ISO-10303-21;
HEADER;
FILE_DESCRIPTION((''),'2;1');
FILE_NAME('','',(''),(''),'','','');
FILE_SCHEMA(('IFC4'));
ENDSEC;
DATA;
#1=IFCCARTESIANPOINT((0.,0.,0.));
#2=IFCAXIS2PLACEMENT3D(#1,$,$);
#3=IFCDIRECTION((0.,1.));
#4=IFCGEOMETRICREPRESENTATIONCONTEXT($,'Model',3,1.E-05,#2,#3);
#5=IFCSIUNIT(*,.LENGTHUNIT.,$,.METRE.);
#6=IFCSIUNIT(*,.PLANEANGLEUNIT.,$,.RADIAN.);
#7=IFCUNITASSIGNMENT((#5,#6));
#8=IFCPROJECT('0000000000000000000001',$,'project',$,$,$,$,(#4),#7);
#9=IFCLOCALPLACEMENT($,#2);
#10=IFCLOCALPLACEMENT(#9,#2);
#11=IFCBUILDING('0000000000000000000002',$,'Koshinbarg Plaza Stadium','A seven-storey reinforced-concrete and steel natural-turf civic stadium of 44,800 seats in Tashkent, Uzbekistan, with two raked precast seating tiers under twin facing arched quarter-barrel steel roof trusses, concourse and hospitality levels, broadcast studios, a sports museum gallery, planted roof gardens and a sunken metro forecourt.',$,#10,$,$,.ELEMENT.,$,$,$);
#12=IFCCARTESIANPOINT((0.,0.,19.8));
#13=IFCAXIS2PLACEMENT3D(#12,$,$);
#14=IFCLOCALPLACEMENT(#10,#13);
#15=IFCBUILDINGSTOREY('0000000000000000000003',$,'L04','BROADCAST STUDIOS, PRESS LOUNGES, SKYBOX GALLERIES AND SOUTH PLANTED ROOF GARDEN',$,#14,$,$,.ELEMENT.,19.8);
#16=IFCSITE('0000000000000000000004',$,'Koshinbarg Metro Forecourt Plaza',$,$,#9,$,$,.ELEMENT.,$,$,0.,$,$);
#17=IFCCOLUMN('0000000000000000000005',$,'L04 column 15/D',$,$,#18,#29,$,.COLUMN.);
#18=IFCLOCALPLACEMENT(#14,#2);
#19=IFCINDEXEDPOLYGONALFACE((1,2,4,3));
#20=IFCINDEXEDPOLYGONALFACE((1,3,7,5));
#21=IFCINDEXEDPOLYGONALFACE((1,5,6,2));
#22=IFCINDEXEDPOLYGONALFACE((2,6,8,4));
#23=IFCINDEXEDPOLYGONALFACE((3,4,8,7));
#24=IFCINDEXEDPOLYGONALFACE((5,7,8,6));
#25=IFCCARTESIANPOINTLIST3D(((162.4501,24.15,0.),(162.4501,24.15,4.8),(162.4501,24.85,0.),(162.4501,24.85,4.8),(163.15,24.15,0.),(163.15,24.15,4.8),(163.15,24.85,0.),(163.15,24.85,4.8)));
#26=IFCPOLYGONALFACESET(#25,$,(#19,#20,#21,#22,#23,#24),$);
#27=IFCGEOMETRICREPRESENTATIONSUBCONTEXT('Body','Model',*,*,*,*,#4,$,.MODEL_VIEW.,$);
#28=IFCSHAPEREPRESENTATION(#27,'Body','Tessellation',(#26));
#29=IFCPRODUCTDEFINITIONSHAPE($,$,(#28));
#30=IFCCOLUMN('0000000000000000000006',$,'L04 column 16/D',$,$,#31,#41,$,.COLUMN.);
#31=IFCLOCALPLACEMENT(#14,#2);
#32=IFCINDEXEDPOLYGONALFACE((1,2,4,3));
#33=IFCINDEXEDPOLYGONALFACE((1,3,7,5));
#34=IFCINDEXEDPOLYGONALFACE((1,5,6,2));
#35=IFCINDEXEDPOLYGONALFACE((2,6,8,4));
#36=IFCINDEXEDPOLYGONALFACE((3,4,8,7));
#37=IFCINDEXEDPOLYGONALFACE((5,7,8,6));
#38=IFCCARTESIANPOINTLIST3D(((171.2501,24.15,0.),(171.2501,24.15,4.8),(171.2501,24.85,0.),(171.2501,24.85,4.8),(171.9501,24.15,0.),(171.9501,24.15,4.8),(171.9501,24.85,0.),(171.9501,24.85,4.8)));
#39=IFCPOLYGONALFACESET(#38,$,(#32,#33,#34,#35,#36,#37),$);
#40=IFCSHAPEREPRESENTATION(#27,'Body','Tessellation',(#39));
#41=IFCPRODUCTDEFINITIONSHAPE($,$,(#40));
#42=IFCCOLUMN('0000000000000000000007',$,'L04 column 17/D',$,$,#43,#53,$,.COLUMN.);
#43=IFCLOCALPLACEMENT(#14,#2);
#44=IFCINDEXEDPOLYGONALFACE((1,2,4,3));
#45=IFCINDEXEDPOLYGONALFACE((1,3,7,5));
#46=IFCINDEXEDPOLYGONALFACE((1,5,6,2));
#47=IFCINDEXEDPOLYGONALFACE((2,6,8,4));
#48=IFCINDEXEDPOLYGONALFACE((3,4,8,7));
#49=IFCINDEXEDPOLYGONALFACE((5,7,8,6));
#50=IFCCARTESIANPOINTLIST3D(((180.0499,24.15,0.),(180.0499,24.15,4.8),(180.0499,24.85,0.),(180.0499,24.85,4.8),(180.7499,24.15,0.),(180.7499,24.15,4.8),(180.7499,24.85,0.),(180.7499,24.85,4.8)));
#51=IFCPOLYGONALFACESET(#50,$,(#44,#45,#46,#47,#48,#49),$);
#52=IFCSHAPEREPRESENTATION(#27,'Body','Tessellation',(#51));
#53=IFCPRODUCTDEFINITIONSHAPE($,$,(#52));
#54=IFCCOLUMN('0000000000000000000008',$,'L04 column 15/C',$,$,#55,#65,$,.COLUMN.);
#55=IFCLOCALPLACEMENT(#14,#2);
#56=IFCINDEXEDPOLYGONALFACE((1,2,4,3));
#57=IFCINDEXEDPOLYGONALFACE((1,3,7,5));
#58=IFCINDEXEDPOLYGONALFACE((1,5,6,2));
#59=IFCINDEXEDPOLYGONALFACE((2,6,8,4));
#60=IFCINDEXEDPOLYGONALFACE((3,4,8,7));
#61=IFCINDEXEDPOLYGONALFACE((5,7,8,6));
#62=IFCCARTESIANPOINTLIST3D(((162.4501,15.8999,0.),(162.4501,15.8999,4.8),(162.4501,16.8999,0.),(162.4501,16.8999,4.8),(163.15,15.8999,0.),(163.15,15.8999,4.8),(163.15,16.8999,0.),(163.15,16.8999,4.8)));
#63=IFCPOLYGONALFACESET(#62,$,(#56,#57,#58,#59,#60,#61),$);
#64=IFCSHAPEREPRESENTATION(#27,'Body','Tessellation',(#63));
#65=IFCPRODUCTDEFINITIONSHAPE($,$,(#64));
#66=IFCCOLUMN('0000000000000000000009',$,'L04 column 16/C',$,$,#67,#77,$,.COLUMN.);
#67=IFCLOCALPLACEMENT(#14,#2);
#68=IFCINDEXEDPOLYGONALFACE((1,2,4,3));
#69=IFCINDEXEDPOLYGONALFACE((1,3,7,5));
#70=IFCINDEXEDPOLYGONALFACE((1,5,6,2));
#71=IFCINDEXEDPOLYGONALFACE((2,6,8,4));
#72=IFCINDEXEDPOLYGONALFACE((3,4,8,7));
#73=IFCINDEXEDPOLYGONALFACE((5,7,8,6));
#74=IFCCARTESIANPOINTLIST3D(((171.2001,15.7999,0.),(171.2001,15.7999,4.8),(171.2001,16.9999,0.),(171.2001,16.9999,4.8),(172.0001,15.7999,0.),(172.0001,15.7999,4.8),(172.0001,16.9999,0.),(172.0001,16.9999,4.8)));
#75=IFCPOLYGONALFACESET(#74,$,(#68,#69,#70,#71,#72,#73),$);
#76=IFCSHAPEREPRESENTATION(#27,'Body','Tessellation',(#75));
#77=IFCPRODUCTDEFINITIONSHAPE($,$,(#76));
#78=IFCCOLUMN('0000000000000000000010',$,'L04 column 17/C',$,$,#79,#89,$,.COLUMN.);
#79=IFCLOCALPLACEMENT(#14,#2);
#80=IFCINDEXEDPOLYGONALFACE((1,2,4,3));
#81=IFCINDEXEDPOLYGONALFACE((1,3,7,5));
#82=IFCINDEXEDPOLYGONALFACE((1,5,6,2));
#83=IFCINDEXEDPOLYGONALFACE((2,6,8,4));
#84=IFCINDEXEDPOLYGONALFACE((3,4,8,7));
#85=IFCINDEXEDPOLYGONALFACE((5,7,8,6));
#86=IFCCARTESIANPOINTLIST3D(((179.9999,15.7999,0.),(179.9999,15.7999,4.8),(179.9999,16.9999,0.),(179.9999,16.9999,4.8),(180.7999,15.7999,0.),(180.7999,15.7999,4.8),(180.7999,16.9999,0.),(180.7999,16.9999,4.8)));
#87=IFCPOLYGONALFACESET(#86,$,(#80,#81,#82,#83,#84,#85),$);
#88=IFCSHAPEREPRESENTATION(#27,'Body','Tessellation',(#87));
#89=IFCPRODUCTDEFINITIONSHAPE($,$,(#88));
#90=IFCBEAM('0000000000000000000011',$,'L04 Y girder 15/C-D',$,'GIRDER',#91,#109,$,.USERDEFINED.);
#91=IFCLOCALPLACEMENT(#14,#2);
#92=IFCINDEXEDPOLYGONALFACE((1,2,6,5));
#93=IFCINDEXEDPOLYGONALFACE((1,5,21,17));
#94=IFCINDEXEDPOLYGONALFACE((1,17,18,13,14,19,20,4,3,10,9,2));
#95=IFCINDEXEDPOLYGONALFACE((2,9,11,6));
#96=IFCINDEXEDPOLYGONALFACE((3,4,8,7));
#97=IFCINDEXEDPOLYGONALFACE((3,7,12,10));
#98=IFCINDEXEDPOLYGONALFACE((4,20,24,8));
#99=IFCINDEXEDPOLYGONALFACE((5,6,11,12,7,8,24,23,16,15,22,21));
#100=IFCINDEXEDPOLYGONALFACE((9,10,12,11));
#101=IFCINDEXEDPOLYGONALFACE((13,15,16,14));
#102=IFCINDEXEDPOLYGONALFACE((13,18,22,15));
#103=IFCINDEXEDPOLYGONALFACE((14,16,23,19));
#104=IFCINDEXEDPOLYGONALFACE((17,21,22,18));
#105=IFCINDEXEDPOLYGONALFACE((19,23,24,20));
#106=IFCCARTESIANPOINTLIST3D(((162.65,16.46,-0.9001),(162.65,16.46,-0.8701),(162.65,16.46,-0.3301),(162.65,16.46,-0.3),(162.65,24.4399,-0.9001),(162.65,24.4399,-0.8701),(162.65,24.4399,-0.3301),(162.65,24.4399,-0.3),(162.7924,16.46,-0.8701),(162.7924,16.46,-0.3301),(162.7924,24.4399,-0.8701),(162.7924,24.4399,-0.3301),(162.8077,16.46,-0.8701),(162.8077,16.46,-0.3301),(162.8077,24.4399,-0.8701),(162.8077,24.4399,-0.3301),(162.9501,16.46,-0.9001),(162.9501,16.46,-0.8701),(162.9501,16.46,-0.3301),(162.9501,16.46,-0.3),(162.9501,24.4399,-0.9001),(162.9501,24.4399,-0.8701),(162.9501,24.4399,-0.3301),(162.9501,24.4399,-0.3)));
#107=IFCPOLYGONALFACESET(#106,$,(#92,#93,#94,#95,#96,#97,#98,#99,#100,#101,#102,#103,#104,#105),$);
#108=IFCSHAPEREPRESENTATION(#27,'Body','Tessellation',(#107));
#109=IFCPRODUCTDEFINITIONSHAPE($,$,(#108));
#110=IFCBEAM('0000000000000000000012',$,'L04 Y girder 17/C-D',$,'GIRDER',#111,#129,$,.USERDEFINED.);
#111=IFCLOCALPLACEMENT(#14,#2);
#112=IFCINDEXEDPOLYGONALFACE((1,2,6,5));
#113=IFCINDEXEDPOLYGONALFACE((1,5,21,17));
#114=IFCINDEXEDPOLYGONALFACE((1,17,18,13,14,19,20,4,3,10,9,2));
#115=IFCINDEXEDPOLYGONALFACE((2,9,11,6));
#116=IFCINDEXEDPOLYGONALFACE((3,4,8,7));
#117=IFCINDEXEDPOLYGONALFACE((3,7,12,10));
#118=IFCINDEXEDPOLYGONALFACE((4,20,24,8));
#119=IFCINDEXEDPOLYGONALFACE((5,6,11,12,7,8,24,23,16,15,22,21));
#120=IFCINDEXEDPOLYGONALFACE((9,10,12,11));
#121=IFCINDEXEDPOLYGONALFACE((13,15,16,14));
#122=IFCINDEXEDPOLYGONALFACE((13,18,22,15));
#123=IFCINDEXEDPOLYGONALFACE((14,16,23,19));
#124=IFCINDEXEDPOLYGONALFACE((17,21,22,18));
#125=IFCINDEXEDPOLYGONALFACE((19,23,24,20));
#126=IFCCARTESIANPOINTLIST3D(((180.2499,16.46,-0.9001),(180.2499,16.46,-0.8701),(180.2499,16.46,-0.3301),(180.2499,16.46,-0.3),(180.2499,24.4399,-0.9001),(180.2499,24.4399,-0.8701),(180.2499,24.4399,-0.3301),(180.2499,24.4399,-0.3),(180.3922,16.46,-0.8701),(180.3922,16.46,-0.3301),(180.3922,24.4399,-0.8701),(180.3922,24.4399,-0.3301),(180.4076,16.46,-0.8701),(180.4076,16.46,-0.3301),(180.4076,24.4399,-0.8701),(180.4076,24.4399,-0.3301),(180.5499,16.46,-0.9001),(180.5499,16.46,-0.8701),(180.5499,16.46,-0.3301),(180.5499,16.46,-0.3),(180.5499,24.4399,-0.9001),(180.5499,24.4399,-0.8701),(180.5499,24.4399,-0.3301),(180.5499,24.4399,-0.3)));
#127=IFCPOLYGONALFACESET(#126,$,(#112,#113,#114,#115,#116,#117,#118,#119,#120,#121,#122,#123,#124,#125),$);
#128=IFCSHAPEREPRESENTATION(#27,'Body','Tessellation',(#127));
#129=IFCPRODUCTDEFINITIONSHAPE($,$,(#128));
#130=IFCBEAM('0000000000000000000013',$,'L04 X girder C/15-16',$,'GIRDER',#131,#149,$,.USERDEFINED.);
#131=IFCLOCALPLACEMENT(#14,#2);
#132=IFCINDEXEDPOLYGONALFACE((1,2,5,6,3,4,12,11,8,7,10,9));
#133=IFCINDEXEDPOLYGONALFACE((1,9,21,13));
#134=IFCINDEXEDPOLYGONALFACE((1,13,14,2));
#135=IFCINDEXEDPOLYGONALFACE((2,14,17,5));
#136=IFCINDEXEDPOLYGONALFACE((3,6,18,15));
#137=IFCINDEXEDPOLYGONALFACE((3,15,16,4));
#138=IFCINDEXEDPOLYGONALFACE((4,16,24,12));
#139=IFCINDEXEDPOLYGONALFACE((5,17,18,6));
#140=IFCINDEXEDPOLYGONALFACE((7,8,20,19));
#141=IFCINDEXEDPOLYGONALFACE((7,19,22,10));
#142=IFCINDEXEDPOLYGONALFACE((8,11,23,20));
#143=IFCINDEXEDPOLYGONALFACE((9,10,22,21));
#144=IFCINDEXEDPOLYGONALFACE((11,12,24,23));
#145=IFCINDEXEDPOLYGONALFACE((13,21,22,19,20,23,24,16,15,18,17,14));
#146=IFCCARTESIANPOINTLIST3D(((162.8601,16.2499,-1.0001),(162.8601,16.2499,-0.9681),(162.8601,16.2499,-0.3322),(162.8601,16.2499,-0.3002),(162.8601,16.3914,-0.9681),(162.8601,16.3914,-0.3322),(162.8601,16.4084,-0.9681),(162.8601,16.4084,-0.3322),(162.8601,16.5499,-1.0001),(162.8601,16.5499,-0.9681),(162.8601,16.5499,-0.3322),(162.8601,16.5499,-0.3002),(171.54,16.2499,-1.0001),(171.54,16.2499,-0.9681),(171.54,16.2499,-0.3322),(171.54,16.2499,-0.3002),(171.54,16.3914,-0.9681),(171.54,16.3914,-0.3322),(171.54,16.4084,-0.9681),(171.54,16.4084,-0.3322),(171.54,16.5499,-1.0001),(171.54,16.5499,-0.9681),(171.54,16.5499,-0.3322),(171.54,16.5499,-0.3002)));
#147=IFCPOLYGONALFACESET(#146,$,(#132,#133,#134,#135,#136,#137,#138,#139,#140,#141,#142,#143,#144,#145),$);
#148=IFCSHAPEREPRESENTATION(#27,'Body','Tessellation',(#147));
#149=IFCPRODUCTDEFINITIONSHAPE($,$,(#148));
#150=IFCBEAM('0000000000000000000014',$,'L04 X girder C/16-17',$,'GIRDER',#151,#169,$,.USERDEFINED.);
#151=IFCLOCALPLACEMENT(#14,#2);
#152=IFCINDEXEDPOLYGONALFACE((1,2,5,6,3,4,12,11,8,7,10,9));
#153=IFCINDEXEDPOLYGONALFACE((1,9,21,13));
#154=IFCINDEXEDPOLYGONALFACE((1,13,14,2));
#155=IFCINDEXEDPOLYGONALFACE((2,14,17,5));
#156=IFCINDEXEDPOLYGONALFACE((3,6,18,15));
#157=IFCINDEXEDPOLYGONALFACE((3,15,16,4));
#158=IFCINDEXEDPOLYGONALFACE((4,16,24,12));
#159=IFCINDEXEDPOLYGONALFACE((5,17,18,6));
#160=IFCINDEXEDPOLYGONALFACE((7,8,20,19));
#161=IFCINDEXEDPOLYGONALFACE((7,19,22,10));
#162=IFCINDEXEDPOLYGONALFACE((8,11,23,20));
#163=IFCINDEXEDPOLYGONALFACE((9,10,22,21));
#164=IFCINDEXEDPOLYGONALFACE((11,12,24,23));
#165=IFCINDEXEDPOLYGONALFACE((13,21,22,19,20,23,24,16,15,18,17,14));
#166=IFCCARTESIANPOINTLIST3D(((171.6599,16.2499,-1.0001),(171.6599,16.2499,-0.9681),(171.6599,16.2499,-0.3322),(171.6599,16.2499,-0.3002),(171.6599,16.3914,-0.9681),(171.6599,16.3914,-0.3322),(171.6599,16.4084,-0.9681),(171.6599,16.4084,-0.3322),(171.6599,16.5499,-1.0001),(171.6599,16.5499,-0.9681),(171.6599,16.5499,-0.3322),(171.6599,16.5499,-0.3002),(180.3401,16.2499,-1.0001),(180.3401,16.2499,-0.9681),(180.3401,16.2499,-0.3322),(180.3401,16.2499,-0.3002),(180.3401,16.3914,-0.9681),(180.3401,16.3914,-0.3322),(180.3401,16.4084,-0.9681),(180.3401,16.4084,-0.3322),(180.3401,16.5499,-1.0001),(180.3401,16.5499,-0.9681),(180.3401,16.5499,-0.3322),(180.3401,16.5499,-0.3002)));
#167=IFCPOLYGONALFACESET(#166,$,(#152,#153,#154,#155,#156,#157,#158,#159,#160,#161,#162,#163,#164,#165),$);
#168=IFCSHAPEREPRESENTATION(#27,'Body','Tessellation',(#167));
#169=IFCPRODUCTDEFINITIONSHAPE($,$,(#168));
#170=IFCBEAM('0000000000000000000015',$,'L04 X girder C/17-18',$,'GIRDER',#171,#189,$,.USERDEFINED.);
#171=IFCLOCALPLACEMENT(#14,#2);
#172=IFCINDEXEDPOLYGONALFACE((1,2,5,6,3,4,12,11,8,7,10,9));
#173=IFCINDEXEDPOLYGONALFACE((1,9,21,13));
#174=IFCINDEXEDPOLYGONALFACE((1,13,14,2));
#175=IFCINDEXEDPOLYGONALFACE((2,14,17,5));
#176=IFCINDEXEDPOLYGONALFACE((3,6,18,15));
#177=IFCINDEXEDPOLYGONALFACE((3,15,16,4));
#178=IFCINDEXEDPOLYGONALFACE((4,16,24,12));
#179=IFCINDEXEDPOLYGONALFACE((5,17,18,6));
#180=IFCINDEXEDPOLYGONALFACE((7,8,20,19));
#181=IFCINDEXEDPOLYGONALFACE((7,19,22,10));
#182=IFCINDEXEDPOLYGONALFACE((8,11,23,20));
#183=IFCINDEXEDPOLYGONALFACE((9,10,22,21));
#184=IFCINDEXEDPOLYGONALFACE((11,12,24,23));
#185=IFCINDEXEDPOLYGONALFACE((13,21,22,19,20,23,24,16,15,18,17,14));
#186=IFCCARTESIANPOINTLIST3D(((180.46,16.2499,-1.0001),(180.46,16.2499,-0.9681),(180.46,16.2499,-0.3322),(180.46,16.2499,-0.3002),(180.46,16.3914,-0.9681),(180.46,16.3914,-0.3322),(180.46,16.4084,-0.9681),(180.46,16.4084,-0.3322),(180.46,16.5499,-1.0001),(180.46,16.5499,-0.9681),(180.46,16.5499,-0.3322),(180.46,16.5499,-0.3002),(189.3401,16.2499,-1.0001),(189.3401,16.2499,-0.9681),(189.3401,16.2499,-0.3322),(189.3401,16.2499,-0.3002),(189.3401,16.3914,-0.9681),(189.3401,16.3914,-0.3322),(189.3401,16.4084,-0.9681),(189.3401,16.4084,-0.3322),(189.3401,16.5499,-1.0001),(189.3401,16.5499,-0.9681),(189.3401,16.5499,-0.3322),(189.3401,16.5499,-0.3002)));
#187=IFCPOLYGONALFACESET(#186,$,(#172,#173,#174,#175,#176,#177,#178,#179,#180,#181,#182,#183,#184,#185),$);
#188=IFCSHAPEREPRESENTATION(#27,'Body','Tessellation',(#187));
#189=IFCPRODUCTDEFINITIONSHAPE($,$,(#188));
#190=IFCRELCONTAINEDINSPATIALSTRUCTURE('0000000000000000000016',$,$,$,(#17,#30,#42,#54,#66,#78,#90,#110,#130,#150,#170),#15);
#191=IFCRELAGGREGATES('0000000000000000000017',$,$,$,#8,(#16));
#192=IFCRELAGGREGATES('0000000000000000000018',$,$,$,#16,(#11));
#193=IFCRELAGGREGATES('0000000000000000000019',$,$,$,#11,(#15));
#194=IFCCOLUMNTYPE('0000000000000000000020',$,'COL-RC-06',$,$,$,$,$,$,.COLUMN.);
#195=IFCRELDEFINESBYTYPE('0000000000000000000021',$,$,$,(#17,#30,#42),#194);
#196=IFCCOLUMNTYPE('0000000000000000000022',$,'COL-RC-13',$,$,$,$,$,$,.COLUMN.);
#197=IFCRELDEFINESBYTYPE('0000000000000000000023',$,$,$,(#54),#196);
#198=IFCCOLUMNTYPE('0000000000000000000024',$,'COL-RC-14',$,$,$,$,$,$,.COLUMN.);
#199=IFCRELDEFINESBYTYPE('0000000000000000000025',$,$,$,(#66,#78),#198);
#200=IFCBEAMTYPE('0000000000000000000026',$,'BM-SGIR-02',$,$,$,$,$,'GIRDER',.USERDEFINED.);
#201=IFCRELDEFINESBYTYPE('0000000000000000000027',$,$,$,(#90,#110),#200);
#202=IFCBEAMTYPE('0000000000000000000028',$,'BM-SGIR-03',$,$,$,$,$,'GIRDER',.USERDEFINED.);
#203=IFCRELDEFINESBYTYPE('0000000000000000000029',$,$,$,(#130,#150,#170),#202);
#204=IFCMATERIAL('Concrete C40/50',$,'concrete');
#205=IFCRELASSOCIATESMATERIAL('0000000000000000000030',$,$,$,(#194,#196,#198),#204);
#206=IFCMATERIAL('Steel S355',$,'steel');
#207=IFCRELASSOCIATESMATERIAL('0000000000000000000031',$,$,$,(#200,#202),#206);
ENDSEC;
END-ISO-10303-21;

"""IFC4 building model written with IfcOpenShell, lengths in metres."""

from ifc_helpers import new_model, si_unit, direction, frame, origin, origin_2d, place, context, subcontext, project, spatial, rectangle, i_section, extrude, material, material_profile, profile_set, type_object, element, save


model = new_model("IFC4")

# Units and contexts
model_context = context("Model", 3, precision=1e-05, world=origin(), true_north=direction((0.0, 1.0)))
body_context = subcontext(model_context, "Body", "Model", "MODEL_VIEW")
ifc_project = project(units=[si_unit("LENGTHUNIT", "METRE"), si_unit("PLANEANGLEUNIT", "RADIAN")], contexts=[model_context])

# Site, building, storey
site_placement = place(None, origin())
site = spatial("IfcSite", under=ifc_project, at=site_placement, Name="Koshinbarg Metro Forecourt Plaza", CompositionType="ELEMENT", RefElevation=0.0)
building_placement = place(site_placement, origin())
building = spatial("IfcBuilding", under=site, at=building_placement, Name="Koshinbarg Plaza Stadium", Description="A seven-storey reinforced-concrete and steel natural-turf civic stadium of 44,800 seats in Tashkent, Uzbekistan, with two raked precast seating tiers under twin facing arched quarter-barrel steel roof trusses, concourse and hospitality levels, broadcast studios, a sports museum gallery, planted roof gardens and a sunken metro forecourt.", CompositionType="ELEMENT")
storey_placement = place(building_placement, frame((0.0, 0.0, 19.8)))
storey = spatial("IfcBuildingStorey", under=building, at=storey_placement, Name="L04", Description="BROADCAST STUDIOS, PRESS LOUNGES, SKYBOX GALLERIES AND SOUTH PLANTED ROOF GARDEN", CompositionType="ELEMENT", Elevation=19.8)

# Columns
ifc_material_1 = material(Name="Concrete C40/50", Category="concrete")
ifc_material_profile_1 = material_profile(ifc_material_1, rectangle(XDim=0.7, YDim=0.7, at=origin_2d()), Name="RC 700x700")
ifc_profile_set_1 = profile_set([ifc_material_profile_1], Name="Concrete C40/50")
column_type_1 = type_object("IfcColumnType", Name="COL-RC-06", PredefinedType="COLUMN", material=ifc_profile_set_1)
for number, where, z_axis, x_axis, name in (
    (1, (162.8, 24.5, 0.0), (0.0, 0.0, 1.0), (1.0, 0.0, 0.0), "L04 column 15/D"),
    (2, (171.6001, 24.5, 0.0), (0.0, 0.0, 1.0), (1.0, 0.0, 0.0), "L04 column 16/D"),
    (3, (180.3999, 24.5, 0.0), (0.0, 0.0, 1.0), (1.0, 0.0, 0.0), "L04 column 17/D"),
):
    element("IfcColumn", number, at=place(storey_placement, frame(where, z_axis=z_axis, x_axis=x_axis)), inside=storey, type_object=column_type_1, Name=name, PredefinedType="COLUMN", context=body_context, shape_type="SweptSolid", body=[
        extrude(rectangle(XDim=0.7, YDim=0.7, at=origin_2d()), origin(), (0.0, 0.0, 1.0), 4.8),
    ])
ifc_material_profile_2 = material_profile(ifc_material_1, rectangle(XDim=0.7, YDim=1.0, at=origin_2d()), Name="RC 700x1000")
ifc_profile_set_2 = profile_set([ifc_material_profile_2], Name="Concrete C40/50")
column_type_2 = type_object("IfcColumnType", Name="COL-RC-13", PredefinedType="COLUMN", material=ifc_profile_set_2)
column_placement = place(storey_placement, frame((162.8, 16.3999, 0.0), z_axis=(0.0, 0.0, 1.0), x_axis=(1.0, 0.0, 0.0)))
element("IfcColumn", 4, at=column_placement, inside=storey, type_object=column_type_2, Name="L04 column 15/C", PredefinedType="COLUMN", context=body_context, shape_type="SweptSolid", body=[
    extrude(rectangle(XDim=0.7, YDim=1.0, at=origin_2d()), origin(), (0.0, 0.0, 1.0), 4.8),
])
ifc_material_profile_3 = material_profile(ifc_material_1, rectangle(XDim=0.8, YDim=1.2, at=origin_2d()), Name="RC 800x1200")
ifc_profile_set_3 = profile_set([ifc_material_profile_3], Name="Concrete C40/50")
column_type_3 = type_object("IfcColumnType", Name="COL-RC-14", PredefinedType="COLUMN", material=ifc_profile_set_3)
for number, where, z_axis, x_axis, name in (
    (5, (171.6001, 16.3999, 0.0), (0.0, 0.0, 1.0), (1.0, 0.0, 0.0), "L04 column 16/C"),
    (6, (180.3999, 16.3999, 0.0), (0.0, 0.0, 1.0), (1.0, 0.0, 0.0), "L04 column 17/C"),
):
    element("IfcColumn", number, at=place(storey_placement, frame(where, z_axis=z_axis, x_axis=x_axis)), inside=storey, type_object=column_type_3, Name=name, PredefinedType="COLUMN", context=body_context, shape_type="SweptSolid", body=[
        extrude(rectangle(XDim=0.8, YDim=1.2, at=origin_2d()), origin(), (0.0, 0.0, 1.0), 4.8),
    ])

# Beams
ifc_material_2 = material(Name="Steel S355", Category="steel")
ifc_material_profile_4 = material_profile(ifc_material_2, i_section(OverallWidth=0.3, OverallDepth=0.6001, WebThickness=0.0154, FlangeThickness=0.03, at=origin_2d()), Name="HEB 600")
ifc_profile_set_4 = profile_set([ifc_material_profile_4], Name="Steel S355")
beam_type_1 = type_object("IfcBeamType", Name="BM-SGIR-02", ElementType="GIRDER", PredefinedType="USERDEFINED", material=ifc_profile_set_4)
for number, where, z_axis, x_axis, name in (
    (7, (162.8, 16.46, -0.6001), (0.0, 1.0, 0.0), (-1.0, 0.0, 0.0), "L04 Y girder 15/C-D"),
    (8, (180.3999, 16.46, -0.6001), (0.0, 1.0, 0.0), (-1.0, 0.0, 0.0), "L04 Y girder 17/C-D"),
):
    element("IfcBeam", number, at=place(storey_placement, frame(where, z_axis=z_axis, x_axis=x_axis)), inside=storey, type_object=beam_type_1, Name=name, ObjectType="GIRDER", PredefinedType="USERDEFINED", context=body_context, shape_type="SweptSolid", body=[
        extrude(i_section(OverallWidth=0.3, OverallDepth=0.6001, WebThickness=0.0154, FlangeThickness=0.03, at=origin_2d()), origin(), (0.0, 0.0, 1.0), 7.98),
    ])
ifc_material_profile_5 = material_profile(ifc_material_2, i_section(OverallWidth=0.3, OverallDepth=0.7, WebThickness=0.0171, FlangeThickness=0.032, at=origin_2d()), Name="HEB 700")
ifc_profile_set_5 = profile_set([ifc_material_profile_5], Name="Steel S355")
beam_type_2 = type_object("IfcBeamType", Name="BM-SGIR-03", ElementType="GIRDER", PredefinedType="USERDEFINED", material=ifc_profile_set_5)
beam_1_placement = place(storey_placement, frame((162.8601, 16.3999, -0.6501), z_axis=(1.0, 0.0, 0.0), x_axis=(0.0, 1.0, 0.0)))
element("IfcBeam", 9, at=beam_1_placement, inside=storey, type_object=beam_type_2, Name="L04 X girder C/15-16", ObjectType="GIRDER", PredefinedType="USERDEFINED", context=body_context, shape_type="SweptSolid", body=[
    extrude(i_section(OverallWidth=0.3, OverallDepth=0.7, WebThickness=0.0171, FlangeThickness=0.032, at=origin_2d()), origin(), (0.0, 0.0, 1.0), 8.6799),
])
beam_2_placement = place(storey_placement, frame((171.6599, 16.3999, -0.6501), z_axis=(1.0, 0.0, 0.0), x_axis=(0.0, 1.0, 0.0)))
element("IfcBeam", 10, at=beam_2_placement, inside=storey, type_object=beam_type_2, Name="L04 X girder C/16-17", ObjectType="GIRDER", PredefinedType="USERDEFINED", context=body_context, shape_type="SweptSolid", body=[
    extrude(i_section(OverallWidth=0.3, OverallDepth=0.7, WebThickness=0.0171, FlangeThickness=0.032, at=origin_2d()), origin(), (0.0, 0.0, 1.0), 8.6802),
])
beam_3_placement = place(storey_placement, frame((180.46, 16.3999, -0.6501), z_axis=(1.0, 0.0, 0.0), x_axis=(0.0, 1.0, 0.0)))
element("IfcBeam", 11, at=beam_3_placement, inside=storey, type_object=beam_type_2, Name="L04 X girder C/17-18", ObjectType="GIRDER", PredefinedType="USERDEFINED", context=body_context, shape_type="SweptSolid", body=[
    extrude(i_section(OverallWidth=0.3, OverallDepth=0.7, WebThickness=0.0171, FlangeThickness=0.032, at=origin_2d()), origin(), (0.0, 0.0, 1.0), 8.8801),
])

save(model, "model.ifc")
